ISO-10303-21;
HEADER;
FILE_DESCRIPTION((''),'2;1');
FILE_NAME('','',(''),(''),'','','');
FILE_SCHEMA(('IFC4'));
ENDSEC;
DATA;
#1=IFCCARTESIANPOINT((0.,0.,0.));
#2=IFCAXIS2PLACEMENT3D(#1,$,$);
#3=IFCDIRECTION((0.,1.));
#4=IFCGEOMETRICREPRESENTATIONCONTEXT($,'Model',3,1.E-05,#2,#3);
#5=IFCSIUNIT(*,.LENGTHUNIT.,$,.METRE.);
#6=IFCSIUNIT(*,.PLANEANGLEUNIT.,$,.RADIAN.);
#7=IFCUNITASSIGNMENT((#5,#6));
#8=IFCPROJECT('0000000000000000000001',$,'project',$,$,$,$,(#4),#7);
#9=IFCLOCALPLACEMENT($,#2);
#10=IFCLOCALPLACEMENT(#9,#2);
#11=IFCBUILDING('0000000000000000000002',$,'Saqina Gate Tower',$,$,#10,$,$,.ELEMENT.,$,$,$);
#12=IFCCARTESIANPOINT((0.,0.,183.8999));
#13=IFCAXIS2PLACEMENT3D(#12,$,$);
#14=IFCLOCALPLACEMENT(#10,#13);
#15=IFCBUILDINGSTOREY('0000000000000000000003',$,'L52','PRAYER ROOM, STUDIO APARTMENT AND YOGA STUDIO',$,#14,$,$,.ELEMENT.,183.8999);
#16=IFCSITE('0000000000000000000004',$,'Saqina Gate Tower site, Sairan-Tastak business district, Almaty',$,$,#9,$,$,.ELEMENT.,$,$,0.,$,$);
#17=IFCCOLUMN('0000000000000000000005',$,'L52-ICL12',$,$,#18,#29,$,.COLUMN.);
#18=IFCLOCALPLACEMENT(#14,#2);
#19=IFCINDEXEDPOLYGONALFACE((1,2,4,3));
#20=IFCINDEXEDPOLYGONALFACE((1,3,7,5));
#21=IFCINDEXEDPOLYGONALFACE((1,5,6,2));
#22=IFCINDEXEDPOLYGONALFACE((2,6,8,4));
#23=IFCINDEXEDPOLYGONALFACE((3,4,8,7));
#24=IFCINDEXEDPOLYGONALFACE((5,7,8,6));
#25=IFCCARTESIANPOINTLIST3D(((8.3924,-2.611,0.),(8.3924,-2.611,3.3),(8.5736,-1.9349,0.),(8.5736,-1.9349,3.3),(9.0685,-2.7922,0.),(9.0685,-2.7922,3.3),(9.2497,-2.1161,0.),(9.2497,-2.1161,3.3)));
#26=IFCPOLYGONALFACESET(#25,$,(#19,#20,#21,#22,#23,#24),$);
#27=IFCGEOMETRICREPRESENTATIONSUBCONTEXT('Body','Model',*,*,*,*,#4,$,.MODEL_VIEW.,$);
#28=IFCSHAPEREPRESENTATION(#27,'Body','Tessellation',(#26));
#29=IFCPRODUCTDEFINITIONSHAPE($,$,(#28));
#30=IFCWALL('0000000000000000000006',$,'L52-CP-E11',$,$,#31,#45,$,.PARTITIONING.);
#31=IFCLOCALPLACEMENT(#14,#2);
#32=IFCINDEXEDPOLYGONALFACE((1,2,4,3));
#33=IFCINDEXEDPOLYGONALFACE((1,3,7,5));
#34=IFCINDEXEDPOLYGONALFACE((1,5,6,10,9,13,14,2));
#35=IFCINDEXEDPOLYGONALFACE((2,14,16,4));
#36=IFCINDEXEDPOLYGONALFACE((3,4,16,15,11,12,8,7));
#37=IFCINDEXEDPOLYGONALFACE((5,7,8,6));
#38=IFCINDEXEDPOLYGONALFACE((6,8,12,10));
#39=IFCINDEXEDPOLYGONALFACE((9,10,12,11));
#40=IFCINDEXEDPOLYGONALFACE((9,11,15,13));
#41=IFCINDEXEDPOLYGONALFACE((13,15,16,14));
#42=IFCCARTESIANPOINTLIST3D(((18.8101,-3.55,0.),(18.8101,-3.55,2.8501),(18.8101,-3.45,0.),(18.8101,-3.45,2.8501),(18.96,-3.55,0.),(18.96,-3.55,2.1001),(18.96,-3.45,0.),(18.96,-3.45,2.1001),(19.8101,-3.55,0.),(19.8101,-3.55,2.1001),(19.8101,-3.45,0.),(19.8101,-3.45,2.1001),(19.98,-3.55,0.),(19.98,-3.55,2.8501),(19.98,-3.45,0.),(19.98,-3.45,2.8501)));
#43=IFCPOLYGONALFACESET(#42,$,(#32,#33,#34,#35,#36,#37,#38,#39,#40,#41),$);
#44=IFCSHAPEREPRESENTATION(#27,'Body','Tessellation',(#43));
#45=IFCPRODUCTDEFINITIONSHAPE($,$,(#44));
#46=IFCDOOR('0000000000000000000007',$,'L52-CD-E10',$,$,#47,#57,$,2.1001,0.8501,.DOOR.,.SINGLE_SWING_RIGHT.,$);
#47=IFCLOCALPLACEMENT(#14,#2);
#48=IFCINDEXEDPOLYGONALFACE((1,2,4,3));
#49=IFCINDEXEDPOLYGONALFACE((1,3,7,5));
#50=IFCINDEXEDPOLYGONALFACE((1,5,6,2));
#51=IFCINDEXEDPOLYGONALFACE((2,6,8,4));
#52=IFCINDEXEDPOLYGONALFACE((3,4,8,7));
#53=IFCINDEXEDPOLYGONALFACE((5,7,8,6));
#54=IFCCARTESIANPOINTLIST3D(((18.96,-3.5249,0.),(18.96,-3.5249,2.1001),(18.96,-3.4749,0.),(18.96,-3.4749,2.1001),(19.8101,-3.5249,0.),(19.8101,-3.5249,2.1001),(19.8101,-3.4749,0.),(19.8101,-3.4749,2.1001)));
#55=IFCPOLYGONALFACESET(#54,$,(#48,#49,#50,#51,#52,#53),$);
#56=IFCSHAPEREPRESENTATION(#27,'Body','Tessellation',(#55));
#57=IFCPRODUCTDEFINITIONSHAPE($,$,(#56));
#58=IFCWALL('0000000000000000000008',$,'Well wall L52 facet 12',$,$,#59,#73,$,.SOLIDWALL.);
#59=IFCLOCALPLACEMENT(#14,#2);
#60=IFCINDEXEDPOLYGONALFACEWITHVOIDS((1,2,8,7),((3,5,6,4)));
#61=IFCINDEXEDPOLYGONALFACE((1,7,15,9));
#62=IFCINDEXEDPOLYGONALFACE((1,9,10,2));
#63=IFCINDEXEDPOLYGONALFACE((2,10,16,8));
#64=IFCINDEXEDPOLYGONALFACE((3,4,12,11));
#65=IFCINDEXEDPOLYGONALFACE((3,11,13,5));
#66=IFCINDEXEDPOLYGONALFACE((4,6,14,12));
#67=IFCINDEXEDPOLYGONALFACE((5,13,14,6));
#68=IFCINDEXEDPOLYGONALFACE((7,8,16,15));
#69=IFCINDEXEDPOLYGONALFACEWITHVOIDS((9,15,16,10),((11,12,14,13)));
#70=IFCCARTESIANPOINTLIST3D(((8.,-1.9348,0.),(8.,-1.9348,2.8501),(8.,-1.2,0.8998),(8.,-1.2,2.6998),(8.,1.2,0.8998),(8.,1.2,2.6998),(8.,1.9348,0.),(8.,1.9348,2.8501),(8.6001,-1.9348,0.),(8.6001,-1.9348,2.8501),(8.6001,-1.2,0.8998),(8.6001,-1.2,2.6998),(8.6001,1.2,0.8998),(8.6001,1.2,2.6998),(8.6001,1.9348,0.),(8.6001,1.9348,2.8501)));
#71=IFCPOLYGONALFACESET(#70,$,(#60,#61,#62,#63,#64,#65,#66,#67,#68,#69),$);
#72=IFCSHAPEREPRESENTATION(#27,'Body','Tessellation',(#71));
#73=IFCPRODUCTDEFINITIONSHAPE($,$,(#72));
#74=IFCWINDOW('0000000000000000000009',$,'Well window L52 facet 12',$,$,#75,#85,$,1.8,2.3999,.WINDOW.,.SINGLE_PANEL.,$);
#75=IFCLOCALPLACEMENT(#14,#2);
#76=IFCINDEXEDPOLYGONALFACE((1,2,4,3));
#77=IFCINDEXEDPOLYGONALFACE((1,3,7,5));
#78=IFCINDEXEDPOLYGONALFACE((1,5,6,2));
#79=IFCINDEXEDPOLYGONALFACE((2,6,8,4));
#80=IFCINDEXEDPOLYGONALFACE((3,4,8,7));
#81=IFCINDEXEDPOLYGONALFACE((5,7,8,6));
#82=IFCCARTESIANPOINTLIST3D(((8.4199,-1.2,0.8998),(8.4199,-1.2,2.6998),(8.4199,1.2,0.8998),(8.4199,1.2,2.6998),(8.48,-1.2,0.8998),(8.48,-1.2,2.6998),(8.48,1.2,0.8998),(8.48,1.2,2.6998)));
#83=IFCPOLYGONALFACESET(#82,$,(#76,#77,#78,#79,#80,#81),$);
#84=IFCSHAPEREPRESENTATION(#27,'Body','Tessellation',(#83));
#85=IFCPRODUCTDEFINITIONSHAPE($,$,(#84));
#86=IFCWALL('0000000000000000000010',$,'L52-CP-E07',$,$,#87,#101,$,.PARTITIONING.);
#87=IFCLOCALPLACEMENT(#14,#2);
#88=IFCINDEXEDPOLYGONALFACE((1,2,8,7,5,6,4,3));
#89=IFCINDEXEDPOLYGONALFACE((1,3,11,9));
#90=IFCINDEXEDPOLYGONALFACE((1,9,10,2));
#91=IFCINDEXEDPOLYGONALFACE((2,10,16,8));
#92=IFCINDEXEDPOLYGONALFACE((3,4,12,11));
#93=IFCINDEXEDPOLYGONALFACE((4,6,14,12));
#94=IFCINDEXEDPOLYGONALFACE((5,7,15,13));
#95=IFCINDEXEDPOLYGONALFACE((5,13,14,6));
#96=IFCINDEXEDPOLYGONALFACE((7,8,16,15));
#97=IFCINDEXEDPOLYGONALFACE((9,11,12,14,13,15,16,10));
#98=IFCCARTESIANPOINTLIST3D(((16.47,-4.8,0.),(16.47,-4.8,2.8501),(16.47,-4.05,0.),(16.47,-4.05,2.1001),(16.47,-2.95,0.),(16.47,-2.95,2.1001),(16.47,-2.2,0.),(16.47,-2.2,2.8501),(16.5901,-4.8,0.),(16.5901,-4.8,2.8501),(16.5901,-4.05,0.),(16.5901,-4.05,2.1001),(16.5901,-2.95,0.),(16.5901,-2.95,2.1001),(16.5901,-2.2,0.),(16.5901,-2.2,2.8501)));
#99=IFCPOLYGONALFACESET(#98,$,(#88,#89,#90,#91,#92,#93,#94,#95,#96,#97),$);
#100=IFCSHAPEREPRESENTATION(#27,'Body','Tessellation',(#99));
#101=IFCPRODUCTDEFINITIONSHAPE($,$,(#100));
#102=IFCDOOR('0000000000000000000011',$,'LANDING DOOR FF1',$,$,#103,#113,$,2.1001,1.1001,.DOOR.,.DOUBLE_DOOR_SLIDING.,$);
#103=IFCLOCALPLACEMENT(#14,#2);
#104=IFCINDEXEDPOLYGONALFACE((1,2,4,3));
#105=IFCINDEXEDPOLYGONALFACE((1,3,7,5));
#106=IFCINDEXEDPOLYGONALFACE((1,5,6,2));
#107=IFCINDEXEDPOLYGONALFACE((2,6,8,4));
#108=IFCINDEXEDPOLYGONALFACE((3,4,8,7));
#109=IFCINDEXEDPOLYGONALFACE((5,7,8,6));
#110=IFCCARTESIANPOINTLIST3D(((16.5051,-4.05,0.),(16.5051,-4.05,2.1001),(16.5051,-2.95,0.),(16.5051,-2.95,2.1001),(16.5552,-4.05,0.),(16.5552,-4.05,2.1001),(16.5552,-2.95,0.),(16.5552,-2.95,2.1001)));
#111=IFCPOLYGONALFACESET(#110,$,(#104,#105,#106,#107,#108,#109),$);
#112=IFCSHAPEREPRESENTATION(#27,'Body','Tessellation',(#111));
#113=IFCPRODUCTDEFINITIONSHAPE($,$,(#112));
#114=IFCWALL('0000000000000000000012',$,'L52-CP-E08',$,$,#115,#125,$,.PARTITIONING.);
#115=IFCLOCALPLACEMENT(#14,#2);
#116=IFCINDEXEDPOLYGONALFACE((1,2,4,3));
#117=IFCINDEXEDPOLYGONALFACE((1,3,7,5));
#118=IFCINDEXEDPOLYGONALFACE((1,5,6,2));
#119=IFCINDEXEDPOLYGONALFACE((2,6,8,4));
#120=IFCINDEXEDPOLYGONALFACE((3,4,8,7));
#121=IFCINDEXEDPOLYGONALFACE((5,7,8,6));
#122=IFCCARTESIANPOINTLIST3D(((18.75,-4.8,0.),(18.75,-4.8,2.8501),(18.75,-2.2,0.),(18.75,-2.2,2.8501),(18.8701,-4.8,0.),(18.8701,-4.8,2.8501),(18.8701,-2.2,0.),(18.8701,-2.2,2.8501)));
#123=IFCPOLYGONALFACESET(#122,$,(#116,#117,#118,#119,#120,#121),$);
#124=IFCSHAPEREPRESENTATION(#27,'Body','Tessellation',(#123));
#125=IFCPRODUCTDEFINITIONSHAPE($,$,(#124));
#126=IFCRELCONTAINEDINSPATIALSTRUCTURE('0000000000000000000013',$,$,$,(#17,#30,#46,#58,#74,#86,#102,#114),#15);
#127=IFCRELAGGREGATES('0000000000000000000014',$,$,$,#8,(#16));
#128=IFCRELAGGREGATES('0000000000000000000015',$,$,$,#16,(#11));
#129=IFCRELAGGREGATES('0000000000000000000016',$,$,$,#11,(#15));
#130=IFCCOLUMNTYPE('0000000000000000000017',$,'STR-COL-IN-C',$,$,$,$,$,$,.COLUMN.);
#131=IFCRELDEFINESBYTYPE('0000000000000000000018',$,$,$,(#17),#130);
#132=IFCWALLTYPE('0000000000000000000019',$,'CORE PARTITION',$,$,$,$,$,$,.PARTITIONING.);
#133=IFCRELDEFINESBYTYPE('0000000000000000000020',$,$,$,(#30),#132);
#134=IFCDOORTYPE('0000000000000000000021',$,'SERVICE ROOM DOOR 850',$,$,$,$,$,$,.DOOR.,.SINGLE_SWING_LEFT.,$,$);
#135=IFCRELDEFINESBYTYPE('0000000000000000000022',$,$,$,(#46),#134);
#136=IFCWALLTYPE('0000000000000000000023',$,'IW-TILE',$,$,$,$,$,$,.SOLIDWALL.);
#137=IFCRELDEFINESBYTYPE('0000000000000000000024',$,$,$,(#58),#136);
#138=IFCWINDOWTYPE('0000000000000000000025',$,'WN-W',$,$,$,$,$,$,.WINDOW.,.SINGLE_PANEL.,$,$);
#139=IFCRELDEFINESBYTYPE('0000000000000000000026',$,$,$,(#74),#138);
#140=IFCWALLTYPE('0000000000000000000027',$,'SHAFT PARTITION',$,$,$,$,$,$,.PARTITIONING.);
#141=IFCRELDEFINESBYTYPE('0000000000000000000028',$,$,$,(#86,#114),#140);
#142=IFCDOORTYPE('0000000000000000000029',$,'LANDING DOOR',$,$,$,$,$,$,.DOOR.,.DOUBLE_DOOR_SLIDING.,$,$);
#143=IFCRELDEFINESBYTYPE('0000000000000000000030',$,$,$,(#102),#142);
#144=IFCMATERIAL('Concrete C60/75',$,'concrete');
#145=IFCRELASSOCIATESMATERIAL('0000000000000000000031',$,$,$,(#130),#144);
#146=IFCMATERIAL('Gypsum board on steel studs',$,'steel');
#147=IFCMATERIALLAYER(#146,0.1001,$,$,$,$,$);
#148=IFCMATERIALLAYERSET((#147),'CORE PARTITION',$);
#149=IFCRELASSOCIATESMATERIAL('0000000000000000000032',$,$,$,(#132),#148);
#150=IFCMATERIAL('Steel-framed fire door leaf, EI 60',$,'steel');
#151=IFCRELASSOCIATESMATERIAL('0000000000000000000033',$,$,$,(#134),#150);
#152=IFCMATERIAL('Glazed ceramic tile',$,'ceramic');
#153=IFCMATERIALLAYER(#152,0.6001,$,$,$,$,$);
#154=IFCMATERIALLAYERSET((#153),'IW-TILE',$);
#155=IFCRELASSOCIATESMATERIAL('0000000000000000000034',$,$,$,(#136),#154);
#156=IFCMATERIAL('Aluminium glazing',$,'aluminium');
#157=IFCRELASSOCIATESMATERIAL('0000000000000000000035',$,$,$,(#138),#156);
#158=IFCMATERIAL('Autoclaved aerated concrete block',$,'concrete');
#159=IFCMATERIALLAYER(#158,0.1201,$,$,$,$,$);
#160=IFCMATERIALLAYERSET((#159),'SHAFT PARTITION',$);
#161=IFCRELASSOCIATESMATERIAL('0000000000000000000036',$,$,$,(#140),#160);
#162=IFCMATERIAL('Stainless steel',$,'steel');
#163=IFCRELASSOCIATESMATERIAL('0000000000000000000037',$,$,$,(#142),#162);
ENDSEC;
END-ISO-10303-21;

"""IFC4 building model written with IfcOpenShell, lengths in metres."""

from ifc_helpers import new_model, si_unit, direction, frame, frame_2d, origin, origin_2d, place, context, subcontext, project, spatial, rectangle, extrude, material, layer, layer_set, material_profile, profile_set, type_object, element, fill, save


model = new_model("IFC4")

# Units and contexts
model_context = context("Model", 3, precision=1e-05, world=origin(), true_north=direction((0.0, 1.0)))
body_context = subcontext(model_context, "Body", "Model", "MODEL_VIEW")
ifc_project = project(units=[si_unit("LENGTHUNIT", "METRE"), si_unit("PLANEANGLEUNIT", "RADIAN")], contexts=[model_context])

# Site, building, storey
site_placement = place(None, origin())
site = spatial("IfcSite", under=ifc_project, at=site_placement, Name="Saqina Gate Tower site, Sairan-Tastak business district, Almaty", CompositionType="ELEMENT", RefElevation=0.0)
building_placement = place(site_placement, origin())
building = spatial("IfcBuilding", under=site, at=building_placement, Name="Saqina Gate Tower", CompositionType="ELEMENT")
storey_placement = place(building_placement, frame((0.0, 0.0, 183.8999)))
storey = spatial("IfcBuildingStorey", under=building, at=storey_placement, Name="L52", Description="PRAYER ROOM, STUDIO APARTMENT AND YOGA STUDIO", CompositionType="ELEMENT", Elevation=183.8999)

# Column
ifc_material_1 = material(Name="Concrete C60/75", Category="concrete")
ifc_material_profile = material_profile(ifc_material_1, rectangle(XDim=0.7, YDim=0.7, at=origin_2d()), Name="RC 700x700")
ifc_profile_set = profile_set([ifc_material_profile], Name="Concrete C60/75")
column_type = type_object("IfcColumnType", Name="STR-COL-IN-C", PredefinedType="COLUMN", material=ifc_profile_set)
column_placement = place(storey_placement, frame((8.821, -2.3635, 0.0), z_axis=(0.0, 0.0, 1.0), x_axis=(0.965926, -0.258819, 0.0)))
element("IfcColumn", 1, at=column_placement, inside=storey, type_object=column_type, Name="L52-ICL12", PredefinedType="COLUMN", context=body_context, shape_type="SweptSolid", body=[
    extrude(rectangle(XDim=0.7, YDim=0.7, at=origin_2d()), origin(), (0.0, 0.0, 1.0), 3.3),
])

# Wall, opening, door
ifc_material_2 = material(Name="Gypsum board on steel studs", Category="steel")
ifc_layer_1 = layer(ifc_material_2, 0.1001)
ifc_layer_set_1 = layer_set([ifc_layer_1], Name="CORE PARTITION")
wall_type_1 = type_object("IfcWallType", Name="CORE PARTITION", PredefinedType="PARTITIONING", material=ifc_layer_set_1)
wall_1_placement = place(storey_placement, frame((18.8101, -3.5, 0.0), z_axis=(0.0, 0.0, 1.0), x_axis=(1.0, 0.0, 0.0)))
wall_1 = element("IfcWall", 2, at=wall_1_placement, inside=storey, type_object=wall_type_1, Name="L52-CP-E11", PredefinedType="PARTITIONING", context=body_context, shape_type="SweptSolid", body=[
    extrude(rectangle(XDim=1.1699, YDim=0.1001, at=frame_2d((0.585, 0.0))), origin(), (0.0, 0.0, 1.0), 2.8501),
])
opening_1_placement = place(wall_1_placement, frame((0.1499, 0.0, 0.0)))
opening_1 = element("IfcOpeningElement", 3, at=opening_1_placement, cuts=wall_1, PredefinedType="OPENING", context=body_context, shape_type="SweptSolid", body=[
    extrude(rectangle(XDim=0.8501, YDim=2.1001, at=frame_2d((0.425, 1.05))), frame((0.0, 0.062, 0.0), z_axis=(0.0, -1.0, 0.0), x_axis=(1.0, 0.0, 0.0)), (0.0, 0.0, 1.0), 0.124),
])
ifc_material_3 = material(Name="Steel-framed fire door leaf, EI 60", Category="steel")
door_type_1 = type_object("IfcDoorType", Name="SERVICE ROOM DOOR 850", OperationType="SINGLE_SWING_LEFT", PredefinedType="DOOR", material=ifc_material_3)
door_1_placement = place(opening_1_placement, frame((0.8501, 0.0, 0.0), z_axis=(0.0, 0.0, 1.0), x_axis=(-1.0, 0.0, 0.0)))
door_1 = element("IfcDoor", 4, at=door_1_placement, inside=storey, type_object=door_type_1, Name="L52-CD-E10", OperationType="SINGLE_SWING_RIGHT", OverallHeight=2.1001, OverallWidth=0.8501, PredefinedType="DOOR", context=body_context, shape_type="SweptSolid", body=[
    extrude(rectangle(XDim=0.8501, YDim=2.1001, at=frame_2d((0.425, 1.05))), frame((0.0, 0.0249, 0.0), z_axis=(0.0, -1.0, 0.0), x_axis=(1.0, 0.0, 0.0)), (0.0, 0.0, 1.0), 0.05),
])
fill(opening_1, door_1)

# Wall, opening, window
ifc_material_4 = material(Name="Glazed ceramic tile", Category="ceramic")
ifc_layer_2 = layer(ifc_material_4, 0.6001)
ifc_layer_set_2 = layer_set([ifc_layer_2], Name="IW-TILE")
wall_type_2 = type_object("IfcWallType", Name="IW-TILE", PredefinedType="SOLIDWALL", material=ifc_layer_set_2)
wall_2_placement = place(storey_placement, frame((8.3, -1.9348, 0.0), z_axis=(0.0, 0.0, 1.0), x_axis=(0.0, 1.0, 0.0)))
wall_2 = element("IfcWall", 5, at=wall_2_placement, inside=storey, type_object=wall_type_2, Name="Well wall L52 facet 12", PredefinedType="SOLIDWALL", context=body_context, shape_type="SweptSolid", body=[
    extrude(rectangle(XDim=3.8696, YDim=0.6001, at=frame_2d((1.9348, 0.0))), origin(), (0.0, 0.0, 1.0), 2.8501),
])
opening_2_placement = place(wall_2_placement, frame((0.7349, 0.0, 0.8999)))
opening_2 = element("IfcOpeningElement", 6, at=opening_2_placement, cuts=wall_2, PredefinedType="OPENING", context=body_context, shape_type="SweptSolid", body=[
    extrude(rectangle(XDim=2.3999, YDim=1.8, at=frame_2d((1.2, 0.8999))), frame((0.0, 0.312, 0.0), z_axis=(0.0, -1.0, 0.0), x_axis=(1.0, 0.0, 0.0)), (0.0, 0.0, 1.0), 0.624),
])
ifc_material_5 = material(Name="Aluminium glazing", Category="aluminium")
window_type = type_object("IfcWindowType", Name="WN-W", PartitioningType="SINGLE_PANEL", PredefinedType="WINDOW", material=ifc_material_5)
window_placement = place(opening_2_placement, origin())
window = element("IfcWindow", 7, at=window_placement, inside=storey, type_object=window_type, Name="Well window L52 facet 12", OverallHeight=1.8, OverallWidth=2.3999, PartitioningType="SINGLE_PANEL", PredefinedType="WINDOW", context=body_context, shape_type="SweptSolid", body=[
    extrude(rectangle(XDim=2.3999, YDim=1.8, at=frame_2d((1.2, 0.8999))), frame((0.0, -0.1199, 0.0), z_axis=(0.0, -1.0, 0.0), x_axis=(1.0, 0.0, 0.0)), (0.0, 0.0, 1.0), 0.0601),
])
fill(opening_2, window)

# Wall, opening, door
ifc_material_6 = material(Name="Autoclaved aerated concrete block", Category="concrete")
ifc_layer_3 = layer(ifc_material_6, 0.1201)
ifc_layer_set_3 = layer_set([ifc_layer_3], Name="SHAFT PARTITION")
wall_type_3 = type_object("IfcWallType", Name="SHAFT PARTITION", PredefinedType="PARTITIONING", material=ifc_layer_set_3)
wall_3_placement = place(storey_placement, frame((16.53, -4.8, 0.0), z_axis=(0.0, 0.0, 1.0), x_axis=(0.0, 1.0, 0.0)))
wall_3 = element("IfcWall", 8, at=wall_3_placement, inside=storey, type_object=wall_type_3, Name="L52-CP-E07", PredefinedType="PARTITIONING", context=body_context, shape_type="SweptSolid", body=[
    extrude(rectangle(XDim=2.6001, YDim=0.1201, at=frame_2d((1.3, 0.0))), origin(), (0.0, 0.0, 1.0), 2.8501),
])
opening_3_placement = place(wall_3_placement, frame((0.75, 0.0, 0.0)))
opening_3 = element("IfcOpeningElement", 9, at=opening_3_placement, cuts=wall_3, PredefinedType="OPENING", context=body_context, shape_type="SweptSolid", body=[
    extrude(rectangle(XDim=1.1001, YDim=2.1001, at=frame_2d((0.55, 1.05))), frame((0.0, 0.072, 0.0), z_axis=(0.0, -1.0, 0.0), x_axis=(1.0, 0.0, 0.0)), (0.0, 0.0, 1.0), 0.144),
])
ifc_material_7 = material(Name="Stainless steel", Category="steel")
door_type_2 = type_object("IfcDoorType", Name="LANDING DOOR", OperationType="DOUBLE_DOOR_SLIDING", PredefinedType="DOOR", material=ifc_material_7)
door_2_placement = place(opening_3_placement, origin())
door_2 = element("IfcDoor", 10, at=door_2_placement, inside=storey, type_object=door_type_2, Name="LANDING DOOR FF1", OperationType="DOUBLE_DOOR_SLIDING", OverallHeight=2.1001, OverallWidth=1.1001, PredefinedType="DOOR", context=body_context, shape_type="SweptSolid", body=[
    extrude(rectangle(XDim=1.1001, YDim=2.1001, at=frame_2d((0.55, 1.05))), frame((0.0, 0.0249, 0.0), z_axis=(0.0, -1.0, 0.0), x_axis=(1.0, 0.0, 0.0)), (0.0, 0.0, 1.0), 0.05),
])
fill(opening_3, door_2)

# Wall
wall_4_placement = place(storey_placement, frame((18.8101, -4.8, 0.0), z_axis=(0.0, 0.0, 1.0), x_axis=(0.0, 1.0, 0.0)))
element("IfcWall", 11, at=wall_4_placement, inside=storey, type_object=wall_type_3, Name="L52-CP-E08", PredefinedType="PARTITIONING", context=body_context, shape_type="SweptSolid", body=[
    extrude(rectangle(XDim=2.6001, YDim=0.1201, at=frame_2d((1.3, 0.0))), origin(), (0.0, 0.0, 1.0), 2.8501),
])

save(model, "model.ifc")
